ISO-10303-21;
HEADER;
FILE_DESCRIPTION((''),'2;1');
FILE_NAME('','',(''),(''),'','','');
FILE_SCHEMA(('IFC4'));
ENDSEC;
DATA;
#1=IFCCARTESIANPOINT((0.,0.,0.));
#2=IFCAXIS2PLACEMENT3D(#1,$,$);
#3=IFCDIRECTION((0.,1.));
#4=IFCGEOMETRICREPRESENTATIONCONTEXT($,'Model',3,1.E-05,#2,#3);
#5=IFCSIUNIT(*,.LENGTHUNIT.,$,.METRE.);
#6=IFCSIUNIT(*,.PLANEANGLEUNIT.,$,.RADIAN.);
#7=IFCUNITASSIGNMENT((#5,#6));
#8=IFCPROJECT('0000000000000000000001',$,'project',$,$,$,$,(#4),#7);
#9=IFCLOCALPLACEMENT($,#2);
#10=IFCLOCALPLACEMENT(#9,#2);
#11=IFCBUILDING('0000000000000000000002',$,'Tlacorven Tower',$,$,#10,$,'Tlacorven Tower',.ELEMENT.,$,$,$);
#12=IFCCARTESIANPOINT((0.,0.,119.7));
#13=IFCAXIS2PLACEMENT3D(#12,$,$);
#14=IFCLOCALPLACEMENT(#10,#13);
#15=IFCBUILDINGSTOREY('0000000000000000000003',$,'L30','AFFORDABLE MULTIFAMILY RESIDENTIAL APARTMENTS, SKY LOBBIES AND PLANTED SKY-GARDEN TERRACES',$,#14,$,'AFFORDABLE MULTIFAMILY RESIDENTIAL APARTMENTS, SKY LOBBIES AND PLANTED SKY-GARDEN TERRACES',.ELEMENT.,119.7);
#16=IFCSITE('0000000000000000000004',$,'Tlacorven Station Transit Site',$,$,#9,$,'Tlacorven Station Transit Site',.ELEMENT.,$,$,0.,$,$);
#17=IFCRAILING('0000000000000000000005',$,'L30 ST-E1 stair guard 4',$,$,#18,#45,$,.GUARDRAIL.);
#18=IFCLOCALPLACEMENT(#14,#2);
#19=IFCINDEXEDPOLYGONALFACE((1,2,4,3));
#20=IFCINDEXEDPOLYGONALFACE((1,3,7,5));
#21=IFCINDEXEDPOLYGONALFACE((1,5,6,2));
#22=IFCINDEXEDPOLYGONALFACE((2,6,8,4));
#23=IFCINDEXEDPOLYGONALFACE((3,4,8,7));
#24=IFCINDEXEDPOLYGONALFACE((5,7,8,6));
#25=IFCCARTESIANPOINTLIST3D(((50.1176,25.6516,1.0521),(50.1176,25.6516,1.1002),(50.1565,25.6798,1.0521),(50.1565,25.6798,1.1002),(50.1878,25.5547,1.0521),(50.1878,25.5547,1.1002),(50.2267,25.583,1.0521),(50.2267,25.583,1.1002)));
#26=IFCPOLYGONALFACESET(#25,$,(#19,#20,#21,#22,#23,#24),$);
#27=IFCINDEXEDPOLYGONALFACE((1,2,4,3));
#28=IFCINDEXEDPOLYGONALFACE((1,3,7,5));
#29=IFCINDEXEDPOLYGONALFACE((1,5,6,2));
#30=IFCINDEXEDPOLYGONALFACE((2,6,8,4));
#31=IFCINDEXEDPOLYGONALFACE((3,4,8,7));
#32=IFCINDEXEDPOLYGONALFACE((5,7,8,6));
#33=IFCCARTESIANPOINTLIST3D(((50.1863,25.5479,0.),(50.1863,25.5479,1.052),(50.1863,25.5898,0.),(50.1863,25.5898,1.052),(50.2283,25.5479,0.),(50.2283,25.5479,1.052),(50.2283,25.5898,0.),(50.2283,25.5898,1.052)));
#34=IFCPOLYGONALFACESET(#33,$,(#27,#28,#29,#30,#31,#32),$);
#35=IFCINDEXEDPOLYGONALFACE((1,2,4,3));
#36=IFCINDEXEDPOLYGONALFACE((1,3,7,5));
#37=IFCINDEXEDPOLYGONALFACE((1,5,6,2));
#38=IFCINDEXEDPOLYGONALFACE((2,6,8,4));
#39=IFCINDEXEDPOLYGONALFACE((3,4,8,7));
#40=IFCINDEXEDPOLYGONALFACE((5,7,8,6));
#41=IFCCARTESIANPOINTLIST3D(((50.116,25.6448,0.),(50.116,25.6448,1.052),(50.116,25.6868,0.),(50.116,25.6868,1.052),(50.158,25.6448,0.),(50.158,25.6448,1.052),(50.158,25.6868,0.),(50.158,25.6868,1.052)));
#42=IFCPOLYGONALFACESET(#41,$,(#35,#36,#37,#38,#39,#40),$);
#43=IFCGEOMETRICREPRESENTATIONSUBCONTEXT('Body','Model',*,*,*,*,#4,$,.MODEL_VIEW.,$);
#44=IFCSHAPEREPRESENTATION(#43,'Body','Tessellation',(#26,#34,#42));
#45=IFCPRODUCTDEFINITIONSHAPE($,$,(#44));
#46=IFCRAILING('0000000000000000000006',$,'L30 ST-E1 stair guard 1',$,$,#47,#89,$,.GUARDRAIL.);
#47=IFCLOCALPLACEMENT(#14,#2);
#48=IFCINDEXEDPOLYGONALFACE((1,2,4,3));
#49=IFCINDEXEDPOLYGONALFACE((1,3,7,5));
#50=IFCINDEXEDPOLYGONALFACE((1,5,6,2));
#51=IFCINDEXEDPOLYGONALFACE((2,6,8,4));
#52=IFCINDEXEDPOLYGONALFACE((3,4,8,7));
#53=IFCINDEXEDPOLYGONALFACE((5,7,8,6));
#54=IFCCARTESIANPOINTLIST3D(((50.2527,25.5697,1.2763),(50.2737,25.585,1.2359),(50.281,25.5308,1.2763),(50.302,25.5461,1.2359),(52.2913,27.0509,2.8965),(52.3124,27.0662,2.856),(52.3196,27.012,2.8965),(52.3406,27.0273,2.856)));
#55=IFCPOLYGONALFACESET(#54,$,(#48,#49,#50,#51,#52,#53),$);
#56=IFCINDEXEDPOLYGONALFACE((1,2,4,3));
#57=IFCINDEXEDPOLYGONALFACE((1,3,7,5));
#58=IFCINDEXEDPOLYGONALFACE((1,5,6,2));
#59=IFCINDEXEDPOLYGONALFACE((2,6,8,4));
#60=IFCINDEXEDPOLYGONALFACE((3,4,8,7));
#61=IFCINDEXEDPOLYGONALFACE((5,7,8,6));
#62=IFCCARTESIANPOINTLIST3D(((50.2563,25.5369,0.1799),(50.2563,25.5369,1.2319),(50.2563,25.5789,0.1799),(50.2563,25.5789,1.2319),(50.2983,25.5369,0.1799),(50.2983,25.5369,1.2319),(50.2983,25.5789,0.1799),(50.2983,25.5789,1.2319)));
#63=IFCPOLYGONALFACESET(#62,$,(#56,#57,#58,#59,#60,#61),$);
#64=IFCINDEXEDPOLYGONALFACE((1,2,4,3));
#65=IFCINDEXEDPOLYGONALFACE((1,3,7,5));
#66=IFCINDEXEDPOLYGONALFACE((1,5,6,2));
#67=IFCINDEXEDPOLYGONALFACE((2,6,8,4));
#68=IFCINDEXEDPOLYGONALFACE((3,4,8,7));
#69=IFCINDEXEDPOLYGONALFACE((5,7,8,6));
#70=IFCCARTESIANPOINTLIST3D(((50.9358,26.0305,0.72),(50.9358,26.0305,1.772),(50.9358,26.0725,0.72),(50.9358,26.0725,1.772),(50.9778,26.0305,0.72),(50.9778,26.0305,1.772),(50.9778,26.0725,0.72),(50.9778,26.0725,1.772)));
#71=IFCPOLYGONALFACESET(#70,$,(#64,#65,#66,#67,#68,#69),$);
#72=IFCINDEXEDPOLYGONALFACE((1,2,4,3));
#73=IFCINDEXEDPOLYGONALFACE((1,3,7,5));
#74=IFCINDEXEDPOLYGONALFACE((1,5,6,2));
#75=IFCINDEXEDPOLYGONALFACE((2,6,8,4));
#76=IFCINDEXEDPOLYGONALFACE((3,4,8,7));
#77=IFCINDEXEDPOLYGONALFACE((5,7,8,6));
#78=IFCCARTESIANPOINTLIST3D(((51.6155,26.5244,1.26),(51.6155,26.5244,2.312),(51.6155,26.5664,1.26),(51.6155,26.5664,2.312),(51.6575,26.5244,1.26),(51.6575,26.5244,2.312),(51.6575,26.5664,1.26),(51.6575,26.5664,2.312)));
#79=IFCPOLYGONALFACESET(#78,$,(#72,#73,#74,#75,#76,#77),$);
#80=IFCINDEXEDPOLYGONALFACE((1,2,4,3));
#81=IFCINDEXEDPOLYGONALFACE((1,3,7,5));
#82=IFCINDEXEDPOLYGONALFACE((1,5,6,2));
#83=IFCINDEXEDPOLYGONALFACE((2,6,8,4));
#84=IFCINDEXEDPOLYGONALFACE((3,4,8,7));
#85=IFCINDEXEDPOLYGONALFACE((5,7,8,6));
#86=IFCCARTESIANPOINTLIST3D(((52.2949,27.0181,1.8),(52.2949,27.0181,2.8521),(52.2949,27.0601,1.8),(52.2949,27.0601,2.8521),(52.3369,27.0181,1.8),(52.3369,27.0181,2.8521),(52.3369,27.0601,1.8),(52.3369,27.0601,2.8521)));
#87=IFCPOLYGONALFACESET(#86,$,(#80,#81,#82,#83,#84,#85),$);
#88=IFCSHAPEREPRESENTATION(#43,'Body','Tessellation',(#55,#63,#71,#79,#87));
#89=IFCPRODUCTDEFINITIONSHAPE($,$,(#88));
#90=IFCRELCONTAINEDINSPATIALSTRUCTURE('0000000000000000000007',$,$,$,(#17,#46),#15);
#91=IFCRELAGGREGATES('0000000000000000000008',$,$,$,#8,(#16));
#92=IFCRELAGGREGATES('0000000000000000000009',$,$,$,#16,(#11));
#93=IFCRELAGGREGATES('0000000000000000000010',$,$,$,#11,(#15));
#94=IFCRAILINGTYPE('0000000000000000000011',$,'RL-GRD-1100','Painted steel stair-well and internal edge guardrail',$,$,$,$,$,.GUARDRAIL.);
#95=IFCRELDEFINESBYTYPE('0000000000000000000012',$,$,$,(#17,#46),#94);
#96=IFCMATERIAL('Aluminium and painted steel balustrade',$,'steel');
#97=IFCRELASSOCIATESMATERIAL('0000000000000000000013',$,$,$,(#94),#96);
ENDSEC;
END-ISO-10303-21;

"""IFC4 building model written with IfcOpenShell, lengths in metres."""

from ifc_helpers import new_model, si_unit, direction, frame, origin, origin_2d, place, context, subcontext, project, spatial, rectangle, extrude, source, transform, mapped, material, type_object, element, save


model = new_model("IFC4")

# Units and contexts
model_context = context("Model", 3, precision=1e-05, world=origin(), true_north=direction((0.0, 1.0)))
body_context = subcontext(model_context, "Body", "Model", "MODEL_VIEW")
ifc_project = project(units=[si_unit("LENGTHUNIT", "METRE"), si_unit("PLANEANGLEUNIT", "RADIAN")], contexts=[model_context])

# Site, building, storey
site_placement = place(None, origin())
site = spatial("IfcSite", under=ifc_project, at=site_placement, Name="Tlacorven Station Transit Site", LongName="Tlacorven Station Transit Site", CompositionType="ELEMENT", RefElevation=0.0)
building_placement = place(site_placement, origin())
building = spatial("IfcBuilding", under=site, at=building_placement, Name="Tlacorven Tower", LongName="Tlacorven Tower", CompositionType="ELEMENT")
storey_placement = place(building_placement, frame((0.0, 0.0, 119.7)))
storey = spatial("IfcBuildingStorey", under=building, at=storey_placement, Name="L30", Description="AFFORDABLE MULTIFAMILY RESIDENTIAL APARTMENTS, SKY LOBBIES AND PLANTED SKY-GARDEN TERRACES", LongName="AFFORDABLE MULTIFAMILY RESIDENTIAL APARTMENTS, SKY LOBBIES AND PLANTED SKY-GARDEN TERRACES", CompositionType="ELEMENT", Elevation=119.7)

# Railings
ifc_material_1 = material(Name="Aluminium and painted steel balustrade", Category="steel")
railing_type_1 = type_object("IfcRailingType", Name="RL-GRD-1100", Description="Painted steel stair-well and internal edge guardrail", PredefinedType="GUARDRAIL", material=ifc_material_1)
shared_shape_1 = source(origin(), body_context, "Body", "SweptSolid", [
    extrude(rectangle(XDim=0.0481, YDim=0.0481, at=origin_2d()), frame((0.0, 0.0, 1.0762), z_axis=(-0.587201, 0.809441, 0.0), x_axis=(-0.809441, -0.587201, 0.0)), (0.0, 0.0, 1.0), 0.1196),
    extrude(rectangle(XDim=0.042, YDim=0.042, at=origin_2d()), origin(), (0.0, 0.0, 1.0), 1.052),
    extrude(rectangle(XDim=0.042, YDim=0.042, at=origin_2d()), frame((-0.0703, 0.0969, 0.0)), (0.0, 0.0, 1.0), 1.052),
])
railing_1_placement = place(storey_placement, frame((50.2073, 25.5688, 0.0)))
element("IfcRailing", 1, at=railing_1_placement, inside=storey, type_object=railing_type_1, Name="L30 ST-E1 stair guard 4", PredefinedType="GUARDRAIL", context=body_context, shape_type="MappedRepresentation", body=[
    mapped(shared_shape_1, transform((0.0, 0.0, 0.0), scale=1.0)),
])
shared_shape_2 = source(origin(), body_context, "Body", "SweptSolid", [
    extrude(rectangle(XDim=0.0481, YDim=0.0481, at=origin_2d()), frame((0.0, 0.0, 1.0762), z_axis=(0.680489, 0.494434, 0.540805), x_axis=(-0.587809, 0.809, 0.0)), (0.0, 0.0, 1.0), 2.9958),
    extrude(rectangle(XDim=0.042, YDim=0.042, at=origin_2d()), origin(), (0.0, 0.0, 1.0), 1.052),
    extrude(rectangle(XDim=0.042, YDim=0.042, at=origin_2d()), frame((0.6794, 0.4937, 0.54)), (0.0, 0.0, 1.0), 1.052),
    extrude(rectangle(XDim=0.042, YDim=0.042, at=origin_2d()), frame((1.3591, 0.9875, 1.0801)), (0.0, 0.0, 1.0), 1.052),
    extrude(rectangle(XDim=0.042, YDim=0.042, at=origin_2d()), frame((2.0386, 1.4812, 1.6201)), (0.0, 0.0, 1.0), 1.052),
])
railing_2_placement = place(storey_placement, frame((50.2773, 25.5579, 0.1799)))
element("IfcRailing", 2, at=railing_2_placement, inside=storey, type_object=railing_type_1, Name="L30 ST-E1 stair guard 1", PredefinedType="GUARDRAIL", context=body_context, shape_type="MappedRepresentation", body=[
    mapped(shared_shape_2, transform((0.0, 0.0, 0.0), scale=1.0)),
])

save(model, "model.ifc")
